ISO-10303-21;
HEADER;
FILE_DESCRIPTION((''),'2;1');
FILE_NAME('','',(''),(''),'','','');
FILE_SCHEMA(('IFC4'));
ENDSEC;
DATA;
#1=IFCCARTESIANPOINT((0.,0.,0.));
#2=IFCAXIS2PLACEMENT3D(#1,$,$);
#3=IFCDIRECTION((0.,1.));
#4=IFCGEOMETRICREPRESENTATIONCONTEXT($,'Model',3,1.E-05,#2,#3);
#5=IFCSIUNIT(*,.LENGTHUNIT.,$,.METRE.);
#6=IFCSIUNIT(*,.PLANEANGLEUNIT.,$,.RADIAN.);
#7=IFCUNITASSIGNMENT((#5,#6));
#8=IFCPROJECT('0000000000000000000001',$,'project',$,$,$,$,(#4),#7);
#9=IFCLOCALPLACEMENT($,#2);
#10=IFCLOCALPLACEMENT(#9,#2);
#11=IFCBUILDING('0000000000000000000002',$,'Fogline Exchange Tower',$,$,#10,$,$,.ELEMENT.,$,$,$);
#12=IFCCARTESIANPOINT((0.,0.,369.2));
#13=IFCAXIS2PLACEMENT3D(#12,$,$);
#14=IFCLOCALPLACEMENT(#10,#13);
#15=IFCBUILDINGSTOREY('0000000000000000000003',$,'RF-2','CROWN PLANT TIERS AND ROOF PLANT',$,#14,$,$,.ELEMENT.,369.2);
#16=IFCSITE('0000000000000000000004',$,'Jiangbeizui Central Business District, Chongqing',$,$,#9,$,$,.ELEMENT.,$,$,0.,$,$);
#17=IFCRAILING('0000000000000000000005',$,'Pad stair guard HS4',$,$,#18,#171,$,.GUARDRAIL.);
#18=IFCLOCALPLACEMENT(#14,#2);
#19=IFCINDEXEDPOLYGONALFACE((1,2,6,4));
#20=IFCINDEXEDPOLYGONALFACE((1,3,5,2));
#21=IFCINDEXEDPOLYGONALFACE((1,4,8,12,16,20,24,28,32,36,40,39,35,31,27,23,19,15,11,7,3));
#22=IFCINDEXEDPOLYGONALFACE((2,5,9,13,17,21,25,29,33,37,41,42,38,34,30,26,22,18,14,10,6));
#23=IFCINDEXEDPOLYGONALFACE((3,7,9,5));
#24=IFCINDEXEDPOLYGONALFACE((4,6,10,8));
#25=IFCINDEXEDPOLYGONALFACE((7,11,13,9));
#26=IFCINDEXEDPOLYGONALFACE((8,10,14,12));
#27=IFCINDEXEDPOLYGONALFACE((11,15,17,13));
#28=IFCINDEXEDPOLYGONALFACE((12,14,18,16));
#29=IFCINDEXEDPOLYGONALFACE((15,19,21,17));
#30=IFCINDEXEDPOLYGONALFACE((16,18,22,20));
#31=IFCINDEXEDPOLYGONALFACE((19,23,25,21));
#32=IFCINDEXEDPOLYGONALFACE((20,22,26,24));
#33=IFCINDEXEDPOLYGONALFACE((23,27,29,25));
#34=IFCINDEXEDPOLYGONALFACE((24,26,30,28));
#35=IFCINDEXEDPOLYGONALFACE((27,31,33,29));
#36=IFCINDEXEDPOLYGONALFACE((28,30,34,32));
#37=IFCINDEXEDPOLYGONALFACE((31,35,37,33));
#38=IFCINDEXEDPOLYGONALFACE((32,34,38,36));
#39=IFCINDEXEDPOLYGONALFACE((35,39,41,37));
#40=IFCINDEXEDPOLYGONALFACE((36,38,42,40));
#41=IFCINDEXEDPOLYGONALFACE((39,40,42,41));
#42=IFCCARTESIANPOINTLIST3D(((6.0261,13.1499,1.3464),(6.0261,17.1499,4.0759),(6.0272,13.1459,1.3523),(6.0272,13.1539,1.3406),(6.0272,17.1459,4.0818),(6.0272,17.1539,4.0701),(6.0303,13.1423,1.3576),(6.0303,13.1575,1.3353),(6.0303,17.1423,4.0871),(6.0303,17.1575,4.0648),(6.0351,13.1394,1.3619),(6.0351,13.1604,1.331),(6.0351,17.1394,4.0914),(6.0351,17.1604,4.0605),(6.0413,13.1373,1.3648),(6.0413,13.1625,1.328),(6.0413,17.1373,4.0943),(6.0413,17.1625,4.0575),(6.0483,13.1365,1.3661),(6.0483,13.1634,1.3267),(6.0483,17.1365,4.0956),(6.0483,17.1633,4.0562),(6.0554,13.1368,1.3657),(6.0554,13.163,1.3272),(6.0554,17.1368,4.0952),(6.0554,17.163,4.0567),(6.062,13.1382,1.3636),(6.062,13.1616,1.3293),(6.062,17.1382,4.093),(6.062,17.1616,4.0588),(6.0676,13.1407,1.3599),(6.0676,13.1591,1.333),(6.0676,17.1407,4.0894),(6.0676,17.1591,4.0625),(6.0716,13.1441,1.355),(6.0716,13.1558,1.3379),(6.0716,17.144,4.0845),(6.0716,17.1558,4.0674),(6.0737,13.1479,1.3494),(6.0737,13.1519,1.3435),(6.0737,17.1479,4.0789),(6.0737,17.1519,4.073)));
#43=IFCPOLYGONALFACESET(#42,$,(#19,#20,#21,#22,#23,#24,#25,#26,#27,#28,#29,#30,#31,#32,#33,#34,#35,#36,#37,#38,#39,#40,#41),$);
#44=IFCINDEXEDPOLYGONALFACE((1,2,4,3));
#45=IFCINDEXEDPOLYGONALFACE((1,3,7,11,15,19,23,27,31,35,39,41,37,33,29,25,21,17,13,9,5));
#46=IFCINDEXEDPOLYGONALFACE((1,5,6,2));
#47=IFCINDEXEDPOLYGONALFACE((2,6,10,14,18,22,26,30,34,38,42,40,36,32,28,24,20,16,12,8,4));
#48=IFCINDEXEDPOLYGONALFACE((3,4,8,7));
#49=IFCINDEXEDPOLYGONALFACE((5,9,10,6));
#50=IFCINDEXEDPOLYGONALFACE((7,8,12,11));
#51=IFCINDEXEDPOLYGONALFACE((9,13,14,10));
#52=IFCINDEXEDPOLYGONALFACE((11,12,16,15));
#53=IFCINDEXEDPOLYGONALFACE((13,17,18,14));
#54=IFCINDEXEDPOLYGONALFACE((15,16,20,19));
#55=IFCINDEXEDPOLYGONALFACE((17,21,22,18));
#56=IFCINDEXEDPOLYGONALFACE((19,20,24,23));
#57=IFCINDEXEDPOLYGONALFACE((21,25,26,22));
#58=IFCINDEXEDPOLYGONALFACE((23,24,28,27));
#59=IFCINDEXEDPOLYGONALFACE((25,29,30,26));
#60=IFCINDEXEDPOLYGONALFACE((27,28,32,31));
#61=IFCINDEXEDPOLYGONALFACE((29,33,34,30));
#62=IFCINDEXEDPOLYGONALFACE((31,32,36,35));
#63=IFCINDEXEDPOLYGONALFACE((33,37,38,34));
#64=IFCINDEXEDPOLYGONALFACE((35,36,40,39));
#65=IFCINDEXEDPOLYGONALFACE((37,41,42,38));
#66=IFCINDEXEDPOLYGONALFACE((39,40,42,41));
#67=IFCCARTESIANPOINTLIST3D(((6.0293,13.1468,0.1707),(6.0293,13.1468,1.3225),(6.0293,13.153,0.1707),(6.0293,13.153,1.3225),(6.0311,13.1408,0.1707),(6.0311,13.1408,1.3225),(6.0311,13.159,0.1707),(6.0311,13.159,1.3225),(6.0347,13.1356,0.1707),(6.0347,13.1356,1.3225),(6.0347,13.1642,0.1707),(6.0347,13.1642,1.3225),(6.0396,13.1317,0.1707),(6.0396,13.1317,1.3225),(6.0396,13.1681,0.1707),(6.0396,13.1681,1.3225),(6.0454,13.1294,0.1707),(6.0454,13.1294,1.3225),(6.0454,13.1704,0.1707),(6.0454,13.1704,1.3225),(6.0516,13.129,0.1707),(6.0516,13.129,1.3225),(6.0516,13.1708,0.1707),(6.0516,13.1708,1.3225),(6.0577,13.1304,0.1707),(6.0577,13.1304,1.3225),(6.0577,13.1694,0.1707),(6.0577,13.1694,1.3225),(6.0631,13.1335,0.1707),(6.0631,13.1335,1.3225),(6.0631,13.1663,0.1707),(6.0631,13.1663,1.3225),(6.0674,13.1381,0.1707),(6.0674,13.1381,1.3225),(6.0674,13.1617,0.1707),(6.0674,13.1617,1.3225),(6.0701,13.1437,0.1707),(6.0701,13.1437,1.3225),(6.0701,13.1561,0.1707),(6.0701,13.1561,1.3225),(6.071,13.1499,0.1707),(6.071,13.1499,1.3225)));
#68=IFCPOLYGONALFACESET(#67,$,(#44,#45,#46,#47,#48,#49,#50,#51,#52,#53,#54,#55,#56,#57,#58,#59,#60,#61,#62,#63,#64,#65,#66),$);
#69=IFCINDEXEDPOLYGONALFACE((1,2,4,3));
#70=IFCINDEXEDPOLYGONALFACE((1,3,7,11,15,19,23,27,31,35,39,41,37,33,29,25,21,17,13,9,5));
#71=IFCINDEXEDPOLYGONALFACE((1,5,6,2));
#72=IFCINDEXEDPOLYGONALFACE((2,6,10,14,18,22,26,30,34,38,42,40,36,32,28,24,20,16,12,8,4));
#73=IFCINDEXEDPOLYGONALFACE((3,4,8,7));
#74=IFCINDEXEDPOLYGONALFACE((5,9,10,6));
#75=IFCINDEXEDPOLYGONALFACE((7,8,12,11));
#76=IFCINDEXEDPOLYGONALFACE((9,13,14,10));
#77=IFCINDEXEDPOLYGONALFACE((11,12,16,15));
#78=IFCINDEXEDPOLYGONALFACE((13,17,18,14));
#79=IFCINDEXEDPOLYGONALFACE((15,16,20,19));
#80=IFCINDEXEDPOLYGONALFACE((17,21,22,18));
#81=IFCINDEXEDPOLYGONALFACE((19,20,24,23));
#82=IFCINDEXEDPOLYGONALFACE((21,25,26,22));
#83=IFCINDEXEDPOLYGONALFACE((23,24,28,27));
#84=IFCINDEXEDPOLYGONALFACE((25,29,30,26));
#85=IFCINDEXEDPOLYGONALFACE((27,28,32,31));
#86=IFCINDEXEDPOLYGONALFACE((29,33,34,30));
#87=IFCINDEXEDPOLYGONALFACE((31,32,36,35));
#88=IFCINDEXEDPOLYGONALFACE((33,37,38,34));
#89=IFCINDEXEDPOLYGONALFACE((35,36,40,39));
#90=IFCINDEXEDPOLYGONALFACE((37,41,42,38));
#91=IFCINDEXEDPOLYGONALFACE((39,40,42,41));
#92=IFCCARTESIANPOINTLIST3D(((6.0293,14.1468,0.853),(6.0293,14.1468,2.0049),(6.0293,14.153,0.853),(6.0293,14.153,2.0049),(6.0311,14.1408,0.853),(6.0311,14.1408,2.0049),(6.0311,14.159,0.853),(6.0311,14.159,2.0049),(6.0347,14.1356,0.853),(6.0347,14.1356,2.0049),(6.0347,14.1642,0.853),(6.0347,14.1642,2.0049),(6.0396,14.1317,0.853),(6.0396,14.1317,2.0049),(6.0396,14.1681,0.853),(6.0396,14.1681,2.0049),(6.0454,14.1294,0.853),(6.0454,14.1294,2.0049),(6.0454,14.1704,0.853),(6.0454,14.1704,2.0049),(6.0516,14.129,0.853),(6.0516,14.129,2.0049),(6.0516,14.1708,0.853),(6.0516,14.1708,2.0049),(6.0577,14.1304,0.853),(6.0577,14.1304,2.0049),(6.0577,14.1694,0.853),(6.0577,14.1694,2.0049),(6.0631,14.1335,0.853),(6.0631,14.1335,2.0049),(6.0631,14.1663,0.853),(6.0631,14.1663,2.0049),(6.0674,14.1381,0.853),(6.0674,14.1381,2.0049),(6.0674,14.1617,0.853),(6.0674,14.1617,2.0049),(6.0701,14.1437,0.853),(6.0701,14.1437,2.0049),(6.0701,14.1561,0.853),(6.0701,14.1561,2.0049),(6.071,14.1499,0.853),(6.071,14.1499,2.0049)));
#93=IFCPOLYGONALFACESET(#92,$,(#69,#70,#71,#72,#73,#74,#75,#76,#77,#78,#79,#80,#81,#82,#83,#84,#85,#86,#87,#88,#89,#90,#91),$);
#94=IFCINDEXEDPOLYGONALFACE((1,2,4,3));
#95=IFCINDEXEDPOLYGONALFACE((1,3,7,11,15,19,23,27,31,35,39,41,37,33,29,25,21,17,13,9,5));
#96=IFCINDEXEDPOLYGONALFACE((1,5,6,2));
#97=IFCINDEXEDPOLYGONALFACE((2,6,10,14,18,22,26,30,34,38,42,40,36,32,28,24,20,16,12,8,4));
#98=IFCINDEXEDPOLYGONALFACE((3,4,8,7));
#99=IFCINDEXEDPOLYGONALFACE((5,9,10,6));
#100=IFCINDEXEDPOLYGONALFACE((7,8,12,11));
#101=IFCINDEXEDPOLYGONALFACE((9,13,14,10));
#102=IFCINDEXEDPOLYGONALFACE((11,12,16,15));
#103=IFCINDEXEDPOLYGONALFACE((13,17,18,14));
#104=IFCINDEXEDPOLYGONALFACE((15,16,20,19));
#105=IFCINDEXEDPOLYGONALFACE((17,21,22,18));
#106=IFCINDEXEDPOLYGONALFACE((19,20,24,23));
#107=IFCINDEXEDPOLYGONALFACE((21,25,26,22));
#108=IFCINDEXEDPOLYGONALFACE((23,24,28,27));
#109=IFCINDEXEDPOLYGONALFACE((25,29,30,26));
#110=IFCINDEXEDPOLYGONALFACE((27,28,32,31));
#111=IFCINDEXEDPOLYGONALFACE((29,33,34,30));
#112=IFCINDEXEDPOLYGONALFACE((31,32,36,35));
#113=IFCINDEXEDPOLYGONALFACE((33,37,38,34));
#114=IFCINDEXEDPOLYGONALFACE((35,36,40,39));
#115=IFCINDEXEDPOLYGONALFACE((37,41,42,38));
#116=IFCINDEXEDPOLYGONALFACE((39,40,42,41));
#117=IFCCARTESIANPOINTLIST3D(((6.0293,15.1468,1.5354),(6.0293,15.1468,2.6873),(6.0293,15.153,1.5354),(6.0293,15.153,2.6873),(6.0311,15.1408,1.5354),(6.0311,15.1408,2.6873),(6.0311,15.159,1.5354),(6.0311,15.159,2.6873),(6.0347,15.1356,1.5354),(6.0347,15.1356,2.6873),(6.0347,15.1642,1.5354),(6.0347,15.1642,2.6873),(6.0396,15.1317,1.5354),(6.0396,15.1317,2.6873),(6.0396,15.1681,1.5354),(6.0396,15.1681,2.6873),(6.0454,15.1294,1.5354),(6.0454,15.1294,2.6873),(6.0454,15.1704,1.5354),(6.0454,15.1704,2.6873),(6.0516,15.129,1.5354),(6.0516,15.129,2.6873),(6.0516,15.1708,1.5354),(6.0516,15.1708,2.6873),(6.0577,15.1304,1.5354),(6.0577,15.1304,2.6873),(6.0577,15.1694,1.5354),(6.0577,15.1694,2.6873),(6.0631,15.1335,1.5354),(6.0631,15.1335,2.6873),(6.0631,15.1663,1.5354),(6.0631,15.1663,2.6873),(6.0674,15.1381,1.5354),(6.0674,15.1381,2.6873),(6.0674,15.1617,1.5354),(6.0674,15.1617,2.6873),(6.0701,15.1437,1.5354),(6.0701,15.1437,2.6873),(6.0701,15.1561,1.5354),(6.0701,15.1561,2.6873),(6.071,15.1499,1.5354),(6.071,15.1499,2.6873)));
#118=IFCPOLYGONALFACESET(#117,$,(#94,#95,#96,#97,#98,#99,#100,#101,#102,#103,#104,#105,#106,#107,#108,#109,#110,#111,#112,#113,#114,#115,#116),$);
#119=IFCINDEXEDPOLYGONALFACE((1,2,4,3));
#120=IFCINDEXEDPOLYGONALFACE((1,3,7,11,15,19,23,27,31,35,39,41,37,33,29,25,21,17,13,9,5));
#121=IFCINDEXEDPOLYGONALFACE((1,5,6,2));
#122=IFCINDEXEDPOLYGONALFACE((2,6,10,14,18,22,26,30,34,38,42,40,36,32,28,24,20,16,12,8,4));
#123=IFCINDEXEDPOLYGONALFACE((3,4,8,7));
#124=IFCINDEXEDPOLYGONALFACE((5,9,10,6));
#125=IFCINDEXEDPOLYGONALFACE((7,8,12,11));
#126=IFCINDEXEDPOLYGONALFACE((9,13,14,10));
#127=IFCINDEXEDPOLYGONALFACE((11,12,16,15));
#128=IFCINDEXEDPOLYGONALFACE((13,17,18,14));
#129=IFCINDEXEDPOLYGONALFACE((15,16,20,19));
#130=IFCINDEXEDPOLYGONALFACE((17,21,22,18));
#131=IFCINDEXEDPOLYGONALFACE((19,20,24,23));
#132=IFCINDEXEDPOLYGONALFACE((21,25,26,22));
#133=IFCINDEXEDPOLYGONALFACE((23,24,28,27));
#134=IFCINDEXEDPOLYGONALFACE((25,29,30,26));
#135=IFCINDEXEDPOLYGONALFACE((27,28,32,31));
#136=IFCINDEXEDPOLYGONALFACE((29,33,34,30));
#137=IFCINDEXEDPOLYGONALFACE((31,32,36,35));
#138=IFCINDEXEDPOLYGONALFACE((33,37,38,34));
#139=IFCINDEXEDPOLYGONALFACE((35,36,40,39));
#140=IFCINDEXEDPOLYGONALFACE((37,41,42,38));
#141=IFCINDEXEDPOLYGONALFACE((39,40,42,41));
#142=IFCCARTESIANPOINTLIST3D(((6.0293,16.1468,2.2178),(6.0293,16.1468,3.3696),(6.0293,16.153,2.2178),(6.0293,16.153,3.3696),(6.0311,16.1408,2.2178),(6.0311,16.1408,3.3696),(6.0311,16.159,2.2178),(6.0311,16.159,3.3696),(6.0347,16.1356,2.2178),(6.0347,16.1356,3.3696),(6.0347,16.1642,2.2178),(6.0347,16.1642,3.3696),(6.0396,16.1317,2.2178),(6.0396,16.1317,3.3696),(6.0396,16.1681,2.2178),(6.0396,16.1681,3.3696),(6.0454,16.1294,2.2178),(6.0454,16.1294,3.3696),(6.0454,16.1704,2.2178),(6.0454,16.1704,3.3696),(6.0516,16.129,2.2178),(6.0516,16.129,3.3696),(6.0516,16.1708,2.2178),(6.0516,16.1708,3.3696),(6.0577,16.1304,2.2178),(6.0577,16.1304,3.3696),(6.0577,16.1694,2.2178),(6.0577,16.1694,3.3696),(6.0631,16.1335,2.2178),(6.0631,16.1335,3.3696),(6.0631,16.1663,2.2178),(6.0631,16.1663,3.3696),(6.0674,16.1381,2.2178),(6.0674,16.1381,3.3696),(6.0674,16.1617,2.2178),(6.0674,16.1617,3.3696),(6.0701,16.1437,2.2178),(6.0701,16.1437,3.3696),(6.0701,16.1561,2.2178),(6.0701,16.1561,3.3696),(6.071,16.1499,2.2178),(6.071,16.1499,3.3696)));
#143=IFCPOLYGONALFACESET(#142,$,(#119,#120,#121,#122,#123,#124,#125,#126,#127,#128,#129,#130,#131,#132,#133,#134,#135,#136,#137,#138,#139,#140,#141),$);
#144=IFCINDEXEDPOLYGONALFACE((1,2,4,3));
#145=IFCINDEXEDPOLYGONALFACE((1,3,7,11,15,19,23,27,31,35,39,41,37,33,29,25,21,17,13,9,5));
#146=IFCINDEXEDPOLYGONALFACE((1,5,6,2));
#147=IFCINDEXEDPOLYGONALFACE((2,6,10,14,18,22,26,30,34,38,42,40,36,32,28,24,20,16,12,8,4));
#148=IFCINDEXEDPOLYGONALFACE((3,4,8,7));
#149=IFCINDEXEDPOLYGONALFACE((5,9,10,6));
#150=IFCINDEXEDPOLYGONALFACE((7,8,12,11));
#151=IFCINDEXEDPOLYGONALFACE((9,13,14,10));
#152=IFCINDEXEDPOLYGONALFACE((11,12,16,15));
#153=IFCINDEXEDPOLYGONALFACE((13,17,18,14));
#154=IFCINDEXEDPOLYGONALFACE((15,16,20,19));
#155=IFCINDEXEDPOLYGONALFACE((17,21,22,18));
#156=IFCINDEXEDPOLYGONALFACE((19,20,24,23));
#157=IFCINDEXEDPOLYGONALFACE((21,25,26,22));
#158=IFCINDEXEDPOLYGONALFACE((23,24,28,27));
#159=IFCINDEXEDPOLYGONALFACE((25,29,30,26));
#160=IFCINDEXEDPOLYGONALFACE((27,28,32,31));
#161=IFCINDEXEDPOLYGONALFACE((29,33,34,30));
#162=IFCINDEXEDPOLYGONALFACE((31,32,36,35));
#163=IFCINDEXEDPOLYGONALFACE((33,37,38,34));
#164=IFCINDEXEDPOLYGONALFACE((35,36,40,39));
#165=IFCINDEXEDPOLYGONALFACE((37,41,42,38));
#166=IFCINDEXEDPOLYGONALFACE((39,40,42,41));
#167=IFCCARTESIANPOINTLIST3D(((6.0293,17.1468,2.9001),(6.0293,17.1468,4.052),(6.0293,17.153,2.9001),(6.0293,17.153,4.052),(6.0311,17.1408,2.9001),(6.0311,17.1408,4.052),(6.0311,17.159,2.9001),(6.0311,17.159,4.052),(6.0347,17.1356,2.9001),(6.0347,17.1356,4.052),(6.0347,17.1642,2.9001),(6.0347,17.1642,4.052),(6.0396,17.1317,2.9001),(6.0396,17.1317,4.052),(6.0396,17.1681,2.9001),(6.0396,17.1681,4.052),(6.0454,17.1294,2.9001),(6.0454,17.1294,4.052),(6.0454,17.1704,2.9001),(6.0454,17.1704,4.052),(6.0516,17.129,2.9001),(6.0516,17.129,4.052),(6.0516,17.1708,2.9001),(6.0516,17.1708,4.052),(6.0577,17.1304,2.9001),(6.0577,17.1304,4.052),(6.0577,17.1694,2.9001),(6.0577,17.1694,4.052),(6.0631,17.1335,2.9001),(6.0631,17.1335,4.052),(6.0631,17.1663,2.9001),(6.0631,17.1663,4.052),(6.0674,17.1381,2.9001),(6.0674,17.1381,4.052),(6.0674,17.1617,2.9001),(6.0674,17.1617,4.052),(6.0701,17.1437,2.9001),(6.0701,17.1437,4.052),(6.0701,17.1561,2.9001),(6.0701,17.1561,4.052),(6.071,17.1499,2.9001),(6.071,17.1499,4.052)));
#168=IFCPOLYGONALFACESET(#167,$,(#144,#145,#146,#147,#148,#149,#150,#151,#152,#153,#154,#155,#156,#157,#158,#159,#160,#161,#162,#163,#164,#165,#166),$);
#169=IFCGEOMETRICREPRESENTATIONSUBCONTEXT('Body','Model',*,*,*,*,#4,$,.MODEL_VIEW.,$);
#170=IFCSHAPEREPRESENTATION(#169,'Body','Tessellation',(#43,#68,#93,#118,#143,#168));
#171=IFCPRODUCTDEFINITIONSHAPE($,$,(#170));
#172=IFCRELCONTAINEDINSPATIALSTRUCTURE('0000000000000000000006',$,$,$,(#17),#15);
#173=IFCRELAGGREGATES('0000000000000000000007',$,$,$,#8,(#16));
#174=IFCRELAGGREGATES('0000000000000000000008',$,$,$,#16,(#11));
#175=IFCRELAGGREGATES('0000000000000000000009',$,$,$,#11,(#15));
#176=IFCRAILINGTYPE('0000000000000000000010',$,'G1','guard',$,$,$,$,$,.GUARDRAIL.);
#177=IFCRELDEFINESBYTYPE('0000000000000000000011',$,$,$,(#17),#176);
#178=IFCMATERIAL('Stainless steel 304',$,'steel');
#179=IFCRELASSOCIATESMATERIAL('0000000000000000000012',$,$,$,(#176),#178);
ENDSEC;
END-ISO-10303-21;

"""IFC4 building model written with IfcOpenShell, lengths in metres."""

from ifc_helpers import new_model, si_unit, direction, frame, origin, origin_2d, place, context, subcontext, project, spatial, circle, extrude, material, type_object, element, save


model = new_model("IFC4")

# Units and contexts
model_context = context("Model", 3, precision=1e-05, world=origin(), true_north=direction((0.0, 1.0)))
body_context = subcontext(model_context, "Body", "Model", "MODEL_VIEW")
ifc_project = project(units=[si_unit("LENGTHUNIT", "METRE"), si_unit("PLANEANGLEUNIT", "RADIAN")], contexts=[model_context])

# Site, building, storey
site_placement = place(None, origin())
site = spatial("IfcSite", under=ifc_project, at=site_placement, Name="Jiangbeizui Central Business District, Chongqing", CompositionType="ELEMENT", RefElevation=0.0)
building_placement = place(site_placement, origin())
building = spatial("IfcBuilding", under=site, at=building_placement, Name="Fogline Exchange Tower", CompositionType="ELEMENT")
storey_placement = place(building_placement, frame((0.0, 0.0, 369.2)))
storey = spatial("IfcBuildingStorey", under=building, at=storey_placement, Name="RF-2", Description="CROWN PLANT TIERS AND ROOF PLANT", CompositionType="ELEMENT", Elevation=369.2)

# Railing
ifc_material_1 = material(Name="Stainless steel 304", Category="steel")
railing_type_1 = type_object("IfcRailingType", Name="G1", Description="guard", PredefinedType="GUARDRAIL", material=ifc_material_1)
railing_1_placement = place(storey_placement, frame((6.05, 13.1499, 0.1707)))
element("IfcRailing", 1, at=railing_1_placement, inside=storey, type_object=railing_type_1, Name="Pad stair guard HS4", PredefinedType="GUARDRAIL", context=body_context, shape_type="SweptSolid", body=[
    extrude(circle(Radius=0.0239, at=origin_2d()), frame((0.0, 0.0, 1.1758), z_axis=(0.0, 0.826014, 0.56365), x_axis=(-1.0, 0.0, 0.0)), (0.0, 0.0, 1.0), 4.8425),
    extrude(circle(Radius=0.021, at=origin_2d()), origin(), (0.0, 0.0, 1.0), 1.1519),
    extrude(circle(Radius=0.021, at=origin_2d()), frame((0.0, 1.0, 0.6824)), (0.0, 0.0, 1.0), 1.1519),
    extrude(circle(Radius=0.021, at=origin_2d()), frame((0.0, 2.0, 1.3647)), (0.0, 0.0, 1.0), 1.1519),
    extrude(circle(Radius=0.021, at=origin_2d()), frame((0.0, 3.0, 2.0471)), (0.0, 0.0, 1.0), 1.1519),
    extrude(circle(Radius=0.021, at=origin_2d()), frame((0.0, 4.0, 2.7295)), (0.0, 0.0, 1.0), 1.1519),
])

save(model, "model.ifc")
